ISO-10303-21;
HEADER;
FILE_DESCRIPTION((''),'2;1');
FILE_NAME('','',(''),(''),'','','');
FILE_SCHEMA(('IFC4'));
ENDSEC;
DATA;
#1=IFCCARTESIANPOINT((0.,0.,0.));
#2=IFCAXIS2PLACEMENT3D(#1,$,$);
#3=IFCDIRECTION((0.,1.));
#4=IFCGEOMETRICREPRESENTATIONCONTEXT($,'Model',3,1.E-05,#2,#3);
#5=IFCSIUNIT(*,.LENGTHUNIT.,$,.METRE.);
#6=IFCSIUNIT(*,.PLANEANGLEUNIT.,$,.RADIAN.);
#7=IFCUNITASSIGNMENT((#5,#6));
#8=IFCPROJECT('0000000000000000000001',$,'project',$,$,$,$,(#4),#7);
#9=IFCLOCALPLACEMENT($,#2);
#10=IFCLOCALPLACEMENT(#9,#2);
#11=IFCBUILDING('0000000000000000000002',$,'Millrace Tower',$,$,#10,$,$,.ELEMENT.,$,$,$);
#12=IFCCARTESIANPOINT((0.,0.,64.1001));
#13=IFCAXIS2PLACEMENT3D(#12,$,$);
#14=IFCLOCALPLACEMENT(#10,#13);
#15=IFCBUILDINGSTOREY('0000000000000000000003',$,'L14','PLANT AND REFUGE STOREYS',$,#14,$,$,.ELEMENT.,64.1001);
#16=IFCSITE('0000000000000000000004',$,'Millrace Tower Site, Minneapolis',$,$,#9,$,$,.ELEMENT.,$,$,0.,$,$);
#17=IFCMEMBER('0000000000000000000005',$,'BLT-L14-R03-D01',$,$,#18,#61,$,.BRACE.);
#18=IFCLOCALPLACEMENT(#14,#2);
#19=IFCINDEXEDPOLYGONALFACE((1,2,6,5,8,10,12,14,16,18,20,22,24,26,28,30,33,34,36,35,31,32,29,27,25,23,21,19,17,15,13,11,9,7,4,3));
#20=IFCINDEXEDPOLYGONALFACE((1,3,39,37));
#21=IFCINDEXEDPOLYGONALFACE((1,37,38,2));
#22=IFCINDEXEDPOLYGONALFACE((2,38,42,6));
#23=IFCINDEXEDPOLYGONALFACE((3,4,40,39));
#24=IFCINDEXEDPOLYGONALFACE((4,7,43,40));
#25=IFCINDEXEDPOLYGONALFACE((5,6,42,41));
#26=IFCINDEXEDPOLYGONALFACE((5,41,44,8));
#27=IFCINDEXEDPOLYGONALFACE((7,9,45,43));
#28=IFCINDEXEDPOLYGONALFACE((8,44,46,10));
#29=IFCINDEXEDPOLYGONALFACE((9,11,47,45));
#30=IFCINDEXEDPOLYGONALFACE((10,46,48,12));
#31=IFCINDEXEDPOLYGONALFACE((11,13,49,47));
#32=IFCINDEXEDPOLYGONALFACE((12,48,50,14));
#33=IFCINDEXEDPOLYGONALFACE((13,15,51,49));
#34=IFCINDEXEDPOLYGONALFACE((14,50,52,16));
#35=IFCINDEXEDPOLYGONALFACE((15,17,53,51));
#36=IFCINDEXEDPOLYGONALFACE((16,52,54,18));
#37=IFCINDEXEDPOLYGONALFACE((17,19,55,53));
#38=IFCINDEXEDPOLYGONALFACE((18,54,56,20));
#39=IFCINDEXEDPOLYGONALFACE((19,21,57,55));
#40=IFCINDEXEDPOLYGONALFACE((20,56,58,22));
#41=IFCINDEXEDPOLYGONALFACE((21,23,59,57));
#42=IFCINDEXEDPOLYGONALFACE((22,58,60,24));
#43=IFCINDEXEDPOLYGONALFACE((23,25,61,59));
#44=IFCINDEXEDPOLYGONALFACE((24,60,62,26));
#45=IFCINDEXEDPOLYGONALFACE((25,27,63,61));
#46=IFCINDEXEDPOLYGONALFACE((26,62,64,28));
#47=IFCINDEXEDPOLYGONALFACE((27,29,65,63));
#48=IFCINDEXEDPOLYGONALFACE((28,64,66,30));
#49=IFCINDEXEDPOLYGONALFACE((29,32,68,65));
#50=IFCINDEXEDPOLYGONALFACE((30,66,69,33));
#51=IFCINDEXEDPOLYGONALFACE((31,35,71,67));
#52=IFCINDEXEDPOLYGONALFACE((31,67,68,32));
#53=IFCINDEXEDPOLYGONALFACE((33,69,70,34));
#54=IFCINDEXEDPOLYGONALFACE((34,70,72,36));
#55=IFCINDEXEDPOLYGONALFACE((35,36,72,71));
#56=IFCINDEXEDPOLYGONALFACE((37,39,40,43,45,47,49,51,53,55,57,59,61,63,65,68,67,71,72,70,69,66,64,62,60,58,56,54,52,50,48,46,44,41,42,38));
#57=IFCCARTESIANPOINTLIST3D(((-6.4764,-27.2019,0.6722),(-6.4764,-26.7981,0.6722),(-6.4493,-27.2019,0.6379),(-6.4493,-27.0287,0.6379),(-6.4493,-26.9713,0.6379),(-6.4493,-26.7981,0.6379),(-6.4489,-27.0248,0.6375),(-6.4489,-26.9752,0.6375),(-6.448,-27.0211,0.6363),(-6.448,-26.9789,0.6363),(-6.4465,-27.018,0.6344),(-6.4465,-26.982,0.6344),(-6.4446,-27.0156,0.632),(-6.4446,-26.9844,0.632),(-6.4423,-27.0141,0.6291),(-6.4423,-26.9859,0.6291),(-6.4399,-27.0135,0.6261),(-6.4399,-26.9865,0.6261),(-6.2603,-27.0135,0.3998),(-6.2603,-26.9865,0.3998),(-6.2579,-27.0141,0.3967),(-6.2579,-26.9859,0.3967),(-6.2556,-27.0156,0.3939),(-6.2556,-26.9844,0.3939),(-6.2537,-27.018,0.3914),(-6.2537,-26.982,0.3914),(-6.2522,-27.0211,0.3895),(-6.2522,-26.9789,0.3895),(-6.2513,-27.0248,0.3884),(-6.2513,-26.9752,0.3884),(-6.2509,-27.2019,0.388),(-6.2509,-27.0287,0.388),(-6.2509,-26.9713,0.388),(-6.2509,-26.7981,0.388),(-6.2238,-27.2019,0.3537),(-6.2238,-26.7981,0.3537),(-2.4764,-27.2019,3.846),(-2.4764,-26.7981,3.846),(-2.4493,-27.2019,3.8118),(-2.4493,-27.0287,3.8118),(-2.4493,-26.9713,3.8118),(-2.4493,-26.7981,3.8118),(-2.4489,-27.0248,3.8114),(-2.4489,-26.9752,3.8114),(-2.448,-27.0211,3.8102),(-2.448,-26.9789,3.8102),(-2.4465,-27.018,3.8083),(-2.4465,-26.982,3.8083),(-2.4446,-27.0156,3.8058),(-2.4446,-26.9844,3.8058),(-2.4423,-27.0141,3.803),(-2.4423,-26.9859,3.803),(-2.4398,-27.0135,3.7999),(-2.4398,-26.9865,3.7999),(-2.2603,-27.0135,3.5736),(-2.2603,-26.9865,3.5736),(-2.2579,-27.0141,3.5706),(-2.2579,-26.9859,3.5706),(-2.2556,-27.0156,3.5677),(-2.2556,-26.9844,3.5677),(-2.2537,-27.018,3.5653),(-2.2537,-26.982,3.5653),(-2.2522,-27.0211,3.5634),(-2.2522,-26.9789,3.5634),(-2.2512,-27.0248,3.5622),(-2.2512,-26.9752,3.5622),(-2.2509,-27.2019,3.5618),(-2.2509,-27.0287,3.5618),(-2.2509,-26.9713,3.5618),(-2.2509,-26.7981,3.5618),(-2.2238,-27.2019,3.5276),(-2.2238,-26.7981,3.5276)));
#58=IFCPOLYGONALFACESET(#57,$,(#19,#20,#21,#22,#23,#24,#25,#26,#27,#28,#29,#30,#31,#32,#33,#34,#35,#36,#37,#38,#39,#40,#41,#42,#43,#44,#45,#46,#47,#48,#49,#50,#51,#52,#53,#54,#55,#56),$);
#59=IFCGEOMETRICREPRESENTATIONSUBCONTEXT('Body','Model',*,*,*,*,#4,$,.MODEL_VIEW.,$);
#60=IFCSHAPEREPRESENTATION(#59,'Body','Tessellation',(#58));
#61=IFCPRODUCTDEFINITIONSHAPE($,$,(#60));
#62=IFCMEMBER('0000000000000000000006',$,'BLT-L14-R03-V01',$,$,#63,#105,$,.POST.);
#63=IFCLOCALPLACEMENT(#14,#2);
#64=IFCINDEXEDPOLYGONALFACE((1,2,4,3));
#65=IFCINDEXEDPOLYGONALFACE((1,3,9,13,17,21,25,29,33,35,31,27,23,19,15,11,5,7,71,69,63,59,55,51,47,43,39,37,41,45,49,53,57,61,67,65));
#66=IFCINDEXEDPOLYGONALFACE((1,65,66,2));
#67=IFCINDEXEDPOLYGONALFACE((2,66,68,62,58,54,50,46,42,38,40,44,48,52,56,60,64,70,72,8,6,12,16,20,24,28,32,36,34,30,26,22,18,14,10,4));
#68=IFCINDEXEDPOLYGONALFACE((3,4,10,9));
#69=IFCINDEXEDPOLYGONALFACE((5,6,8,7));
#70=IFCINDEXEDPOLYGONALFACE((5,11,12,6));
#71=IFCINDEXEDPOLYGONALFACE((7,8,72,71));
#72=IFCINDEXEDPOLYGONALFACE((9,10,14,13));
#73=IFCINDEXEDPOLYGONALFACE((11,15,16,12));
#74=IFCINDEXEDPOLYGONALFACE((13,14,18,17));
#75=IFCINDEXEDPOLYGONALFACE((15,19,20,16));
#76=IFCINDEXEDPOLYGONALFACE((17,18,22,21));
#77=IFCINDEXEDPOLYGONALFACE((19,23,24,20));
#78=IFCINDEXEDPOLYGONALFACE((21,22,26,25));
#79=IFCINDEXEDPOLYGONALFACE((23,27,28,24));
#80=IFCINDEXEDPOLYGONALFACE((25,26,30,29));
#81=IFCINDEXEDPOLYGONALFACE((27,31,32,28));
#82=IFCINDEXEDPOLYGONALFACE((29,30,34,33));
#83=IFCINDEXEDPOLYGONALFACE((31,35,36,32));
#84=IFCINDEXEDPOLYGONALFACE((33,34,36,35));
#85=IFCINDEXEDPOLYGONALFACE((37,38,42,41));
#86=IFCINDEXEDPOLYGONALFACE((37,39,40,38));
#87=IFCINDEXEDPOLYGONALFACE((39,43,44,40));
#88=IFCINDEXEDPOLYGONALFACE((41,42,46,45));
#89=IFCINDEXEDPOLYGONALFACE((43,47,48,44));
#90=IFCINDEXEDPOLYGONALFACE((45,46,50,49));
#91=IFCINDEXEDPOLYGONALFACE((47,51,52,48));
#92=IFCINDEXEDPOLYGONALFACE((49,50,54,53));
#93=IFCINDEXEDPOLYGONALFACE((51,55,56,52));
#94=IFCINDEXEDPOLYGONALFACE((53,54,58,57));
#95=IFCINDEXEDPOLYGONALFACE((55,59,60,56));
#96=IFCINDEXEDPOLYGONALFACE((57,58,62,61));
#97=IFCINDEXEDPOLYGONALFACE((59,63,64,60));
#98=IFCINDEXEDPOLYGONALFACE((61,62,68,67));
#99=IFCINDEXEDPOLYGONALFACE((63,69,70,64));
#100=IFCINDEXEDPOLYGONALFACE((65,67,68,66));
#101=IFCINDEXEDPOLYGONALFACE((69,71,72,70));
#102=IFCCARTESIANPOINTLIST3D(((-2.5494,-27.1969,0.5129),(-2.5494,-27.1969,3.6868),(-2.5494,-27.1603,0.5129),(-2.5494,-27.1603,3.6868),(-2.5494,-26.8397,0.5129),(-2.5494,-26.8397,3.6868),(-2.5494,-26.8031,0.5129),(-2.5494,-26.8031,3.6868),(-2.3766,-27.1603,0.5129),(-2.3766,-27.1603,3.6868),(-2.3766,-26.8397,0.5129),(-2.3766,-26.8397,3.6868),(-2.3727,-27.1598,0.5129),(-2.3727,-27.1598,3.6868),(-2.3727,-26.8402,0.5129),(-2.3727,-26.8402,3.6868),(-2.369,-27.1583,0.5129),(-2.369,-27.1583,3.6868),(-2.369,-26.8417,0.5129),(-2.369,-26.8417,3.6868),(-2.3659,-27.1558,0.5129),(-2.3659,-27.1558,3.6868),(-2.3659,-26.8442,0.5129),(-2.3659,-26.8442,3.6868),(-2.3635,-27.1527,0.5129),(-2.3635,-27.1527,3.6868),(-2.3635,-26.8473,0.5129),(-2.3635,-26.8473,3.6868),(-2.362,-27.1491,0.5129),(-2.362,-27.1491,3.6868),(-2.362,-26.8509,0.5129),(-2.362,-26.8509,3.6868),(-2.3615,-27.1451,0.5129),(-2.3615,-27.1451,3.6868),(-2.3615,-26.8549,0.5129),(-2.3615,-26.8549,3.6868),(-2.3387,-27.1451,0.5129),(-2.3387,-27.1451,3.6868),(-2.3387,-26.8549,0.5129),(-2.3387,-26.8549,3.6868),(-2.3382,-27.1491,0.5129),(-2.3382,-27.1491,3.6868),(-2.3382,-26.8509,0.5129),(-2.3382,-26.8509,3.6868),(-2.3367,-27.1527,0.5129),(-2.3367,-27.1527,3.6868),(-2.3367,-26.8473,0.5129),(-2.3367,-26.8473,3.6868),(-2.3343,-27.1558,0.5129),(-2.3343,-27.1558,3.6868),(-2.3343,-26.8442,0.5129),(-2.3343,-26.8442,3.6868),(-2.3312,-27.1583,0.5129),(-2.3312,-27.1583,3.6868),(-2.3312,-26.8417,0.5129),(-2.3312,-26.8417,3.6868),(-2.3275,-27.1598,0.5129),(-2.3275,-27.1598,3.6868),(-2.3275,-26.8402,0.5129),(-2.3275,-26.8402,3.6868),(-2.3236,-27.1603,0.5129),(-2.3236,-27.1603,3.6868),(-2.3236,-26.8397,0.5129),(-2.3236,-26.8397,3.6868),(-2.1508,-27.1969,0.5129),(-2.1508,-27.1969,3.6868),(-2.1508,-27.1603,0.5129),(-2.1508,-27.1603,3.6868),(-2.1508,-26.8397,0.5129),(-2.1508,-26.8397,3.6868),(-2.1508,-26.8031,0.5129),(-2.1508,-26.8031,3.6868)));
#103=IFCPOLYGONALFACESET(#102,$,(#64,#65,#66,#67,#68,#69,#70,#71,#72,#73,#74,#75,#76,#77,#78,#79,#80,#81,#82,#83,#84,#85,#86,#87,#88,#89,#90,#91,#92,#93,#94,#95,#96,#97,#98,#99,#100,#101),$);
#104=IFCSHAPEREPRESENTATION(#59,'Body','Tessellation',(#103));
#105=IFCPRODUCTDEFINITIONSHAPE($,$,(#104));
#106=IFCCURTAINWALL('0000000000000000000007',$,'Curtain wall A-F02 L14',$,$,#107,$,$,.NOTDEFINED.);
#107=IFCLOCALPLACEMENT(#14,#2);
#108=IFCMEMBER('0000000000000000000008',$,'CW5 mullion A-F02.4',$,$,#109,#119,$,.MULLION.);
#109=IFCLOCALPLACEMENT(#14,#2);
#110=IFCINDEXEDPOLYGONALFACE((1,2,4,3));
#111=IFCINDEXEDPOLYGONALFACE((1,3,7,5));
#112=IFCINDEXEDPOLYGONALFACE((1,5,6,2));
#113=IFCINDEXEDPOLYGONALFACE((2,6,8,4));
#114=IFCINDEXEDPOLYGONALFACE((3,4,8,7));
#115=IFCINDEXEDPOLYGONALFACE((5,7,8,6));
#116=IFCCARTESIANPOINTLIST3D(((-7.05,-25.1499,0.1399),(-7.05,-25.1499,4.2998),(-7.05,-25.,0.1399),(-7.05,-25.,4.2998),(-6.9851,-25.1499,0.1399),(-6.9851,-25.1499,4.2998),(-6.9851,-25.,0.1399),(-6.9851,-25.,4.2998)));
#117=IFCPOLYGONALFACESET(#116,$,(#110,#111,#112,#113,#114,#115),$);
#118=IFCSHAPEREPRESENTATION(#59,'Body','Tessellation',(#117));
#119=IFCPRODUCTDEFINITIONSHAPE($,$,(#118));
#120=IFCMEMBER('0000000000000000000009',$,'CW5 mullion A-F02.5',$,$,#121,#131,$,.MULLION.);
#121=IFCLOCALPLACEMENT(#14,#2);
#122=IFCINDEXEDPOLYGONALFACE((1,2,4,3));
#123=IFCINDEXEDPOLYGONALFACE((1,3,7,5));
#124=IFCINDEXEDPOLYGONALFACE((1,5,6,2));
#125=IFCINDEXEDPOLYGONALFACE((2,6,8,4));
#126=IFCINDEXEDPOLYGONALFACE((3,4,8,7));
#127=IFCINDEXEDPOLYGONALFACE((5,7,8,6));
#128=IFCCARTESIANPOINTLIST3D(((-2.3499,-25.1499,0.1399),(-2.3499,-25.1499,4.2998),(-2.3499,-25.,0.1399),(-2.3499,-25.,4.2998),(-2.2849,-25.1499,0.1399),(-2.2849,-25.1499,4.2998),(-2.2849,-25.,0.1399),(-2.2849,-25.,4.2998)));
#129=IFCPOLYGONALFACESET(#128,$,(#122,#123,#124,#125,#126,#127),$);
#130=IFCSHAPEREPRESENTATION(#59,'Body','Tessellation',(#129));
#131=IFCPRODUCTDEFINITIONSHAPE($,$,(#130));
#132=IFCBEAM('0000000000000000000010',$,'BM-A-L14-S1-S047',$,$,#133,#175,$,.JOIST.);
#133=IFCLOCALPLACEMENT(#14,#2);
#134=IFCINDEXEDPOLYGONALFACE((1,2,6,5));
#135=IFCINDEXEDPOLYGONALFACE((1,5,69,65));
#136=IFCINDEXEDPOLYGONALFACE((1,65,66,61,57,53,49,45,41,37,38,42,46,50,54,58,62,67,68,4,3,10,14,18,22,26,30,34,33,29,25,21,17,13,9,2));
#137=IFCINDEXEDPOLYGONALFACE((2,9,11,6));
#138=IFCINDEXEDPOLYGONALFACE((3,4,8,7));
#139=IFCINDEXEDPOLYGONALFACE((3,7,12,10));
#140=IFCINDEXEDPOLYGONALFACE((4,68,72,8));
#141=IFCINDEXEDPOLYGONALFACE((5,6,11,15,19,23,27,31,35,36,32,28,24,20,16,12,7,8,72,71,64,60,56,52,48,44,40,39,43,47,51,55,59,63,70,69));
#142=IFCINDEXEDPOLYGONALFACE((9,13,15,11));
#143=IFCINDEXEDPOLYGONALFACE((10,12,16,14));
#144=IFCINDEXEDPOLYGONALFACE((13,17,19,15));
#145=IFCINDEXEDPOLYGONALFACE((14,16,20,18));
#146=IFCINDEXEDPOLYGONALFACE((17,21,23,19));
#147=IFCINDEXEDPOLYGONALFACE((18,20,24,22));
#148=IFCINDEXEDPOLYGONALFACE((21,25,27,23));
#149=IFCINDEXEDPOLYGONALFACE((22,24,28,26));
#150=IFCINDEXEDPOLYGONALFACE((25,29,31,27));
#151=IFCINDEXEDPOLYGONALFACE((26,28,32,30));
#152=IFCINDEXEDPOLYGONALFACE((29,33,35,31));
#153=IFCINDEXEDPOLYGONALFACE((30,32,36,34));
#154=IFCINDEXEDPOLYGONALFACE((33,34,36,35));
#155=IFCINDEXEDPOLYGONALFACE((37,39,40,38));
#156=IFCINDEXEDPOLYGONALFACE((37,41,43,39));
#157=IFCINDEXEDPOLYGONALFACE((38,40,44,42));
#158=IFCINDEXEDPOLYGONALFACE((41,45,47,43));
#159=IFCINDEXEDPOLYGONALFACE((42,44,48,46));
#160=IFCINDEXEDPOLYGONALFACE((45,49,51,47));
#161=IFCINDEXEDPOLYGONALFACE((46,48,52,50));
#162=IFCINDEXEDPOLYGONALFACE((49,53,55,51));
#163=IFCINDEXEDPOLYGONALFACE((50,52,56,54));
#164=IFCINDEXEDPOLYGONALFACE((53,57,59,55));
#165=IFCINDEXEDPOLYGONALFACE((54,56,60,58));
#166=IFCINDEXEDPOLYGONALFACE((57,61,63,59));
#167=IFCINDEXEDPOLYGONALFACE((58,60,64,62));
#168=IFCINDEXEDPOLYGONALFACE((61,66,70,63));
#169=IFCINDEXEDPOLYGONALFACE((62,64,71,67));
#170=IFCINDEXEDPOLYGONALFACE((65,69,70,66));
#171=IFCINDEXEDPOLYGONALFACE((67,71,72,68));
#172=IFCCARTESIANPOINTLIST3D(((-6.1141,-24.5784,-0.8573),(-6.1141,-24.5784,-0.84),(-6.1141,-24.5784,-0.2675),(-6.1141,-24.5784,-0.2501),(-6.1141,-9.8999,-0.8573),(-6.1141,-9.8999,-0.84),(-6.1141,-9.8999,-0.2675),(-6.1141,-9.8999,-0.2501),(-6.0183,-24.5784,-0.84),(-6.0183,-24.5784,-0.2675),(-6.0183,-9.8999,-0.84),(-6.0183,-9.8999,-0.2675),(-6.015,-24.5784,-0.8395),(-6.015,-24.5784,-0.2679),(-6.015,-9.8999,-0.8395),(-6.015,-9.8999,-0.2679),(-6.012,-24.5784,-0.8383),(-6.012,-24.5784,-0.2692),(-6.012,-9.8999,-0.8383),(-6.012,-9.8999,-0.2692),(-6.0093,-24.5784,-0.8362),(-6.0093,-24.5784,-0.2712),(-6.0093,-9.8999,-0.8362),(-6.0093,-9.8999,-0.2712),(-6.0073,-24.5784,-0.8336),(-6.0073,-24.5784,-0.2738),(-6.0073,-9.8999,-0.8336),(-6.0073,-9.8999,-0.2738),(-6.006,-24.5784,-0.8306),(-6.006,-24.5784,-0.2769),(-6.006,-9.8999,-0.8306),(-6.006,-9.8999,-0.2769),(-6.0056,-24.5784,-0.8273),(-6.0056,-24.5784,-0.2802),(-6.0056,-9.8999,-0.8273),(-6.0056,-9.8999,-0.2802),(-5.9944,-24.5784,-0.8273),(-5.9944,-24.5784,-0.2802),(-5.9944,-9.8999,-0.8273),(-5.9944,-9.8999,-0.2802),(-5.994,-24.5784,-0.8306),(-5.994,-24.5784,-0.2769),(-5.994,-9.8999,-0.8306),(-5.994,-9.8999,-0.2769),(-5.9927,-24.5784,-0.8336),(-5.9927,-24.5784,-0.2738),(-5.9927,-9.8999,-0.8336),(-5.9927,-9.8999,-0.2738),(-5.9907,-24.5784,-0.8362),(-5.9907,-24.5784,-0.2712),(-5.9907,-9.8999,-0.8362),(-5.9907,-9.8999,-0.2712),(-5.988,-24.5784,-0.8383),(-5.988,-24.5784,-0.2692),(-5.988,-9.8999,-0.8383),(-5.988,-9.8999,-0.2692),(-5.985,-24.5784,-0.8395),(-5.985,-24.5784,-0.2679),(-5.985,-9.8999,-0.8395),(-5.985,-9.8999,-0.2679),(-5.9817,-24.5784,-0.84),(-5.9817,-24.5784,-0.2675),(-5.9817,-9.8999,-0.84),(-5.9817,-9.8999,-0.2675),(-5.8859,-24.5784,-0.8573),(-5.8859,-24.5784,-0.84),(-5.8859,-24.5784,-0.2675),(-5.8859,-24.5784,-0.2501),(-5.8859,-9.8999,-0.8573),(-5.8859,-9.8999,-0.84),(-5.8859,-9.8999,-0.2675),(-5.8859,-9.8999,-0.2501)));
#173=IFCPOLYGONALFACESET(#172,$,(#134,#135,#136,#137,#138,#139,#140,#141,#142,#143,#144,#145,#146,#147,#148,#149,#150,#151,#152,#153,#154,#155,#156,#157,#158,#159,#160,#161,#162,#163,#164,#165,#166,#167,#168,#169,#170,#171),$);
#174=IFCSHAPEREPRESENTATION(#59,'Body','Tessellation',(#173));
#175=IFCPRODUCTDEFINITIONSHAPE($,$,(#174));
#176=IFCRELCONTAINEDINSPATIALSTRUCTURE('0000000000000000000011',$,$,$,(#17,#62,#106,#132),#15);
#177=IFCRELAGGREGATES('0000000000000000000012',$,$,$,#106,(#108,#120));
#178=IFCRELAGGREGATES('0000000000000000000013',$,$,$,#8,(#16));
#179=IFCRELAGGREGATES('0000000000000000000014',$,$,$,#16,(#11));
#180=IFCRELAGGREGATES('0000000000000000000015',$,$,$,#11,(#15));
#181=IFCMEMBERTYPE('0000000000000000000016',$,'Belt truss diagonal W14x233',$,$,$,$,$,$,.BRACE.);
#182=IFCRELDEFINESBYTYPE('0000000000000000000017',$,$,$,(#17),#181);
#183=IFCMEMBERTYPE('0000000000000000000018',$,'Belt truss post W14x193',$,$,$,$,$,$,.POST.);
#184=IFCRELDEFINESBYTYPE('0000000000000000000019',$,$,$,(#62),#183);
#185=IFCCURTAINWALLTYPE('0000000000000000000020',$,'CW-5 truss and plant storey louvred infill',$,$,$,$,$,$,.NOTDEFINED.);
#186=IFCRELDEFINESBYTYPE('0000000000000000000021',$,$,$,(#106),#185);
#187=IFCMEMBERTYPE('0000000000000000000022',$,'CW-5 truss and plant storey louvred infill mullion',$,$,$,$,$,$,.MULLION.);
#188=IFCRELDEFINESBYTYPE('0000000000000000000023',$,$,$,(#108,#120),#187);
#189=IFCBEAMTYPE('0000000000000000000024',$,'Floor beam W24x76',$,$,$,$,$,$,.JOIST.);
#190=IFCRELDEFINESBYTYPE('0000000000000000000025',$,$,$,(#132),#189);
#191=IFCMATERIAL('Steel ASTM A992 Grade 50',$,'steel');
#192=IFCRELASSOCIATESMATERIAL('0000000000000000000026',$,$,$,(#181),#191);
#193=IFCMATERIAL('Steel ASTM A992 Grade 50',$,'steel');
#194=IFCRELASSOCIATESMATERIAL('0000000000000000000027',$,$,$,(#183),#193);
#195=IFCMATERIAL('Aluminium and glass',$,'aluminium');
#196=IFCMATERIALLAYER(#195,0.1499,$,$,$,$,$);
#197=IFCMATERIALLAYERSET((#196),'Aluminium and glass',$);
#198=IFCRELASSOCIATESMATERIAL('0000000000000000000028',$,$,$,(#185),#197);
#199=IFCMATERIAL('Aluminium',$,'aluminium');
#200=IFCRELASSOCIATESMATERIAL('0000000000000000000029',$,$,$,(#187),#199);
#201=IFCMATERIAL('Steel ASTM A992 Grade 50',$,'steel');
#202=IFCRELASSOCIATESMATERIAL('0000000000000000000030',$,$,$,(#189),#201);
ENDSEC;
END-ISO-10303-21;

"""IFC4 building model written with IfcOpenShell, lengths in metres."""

from ifc_helpers import new_model, si_unit, direction, frame, origin, origin_2d, place, context, subcontext, project, spatial, rectangle, i_section, extrude, material, layer, layer_set, material_profile, profile_set, type_object, element, aggregate, save


model = new_model("IFC4")

# Units and contexts
model_context = context("Model", 3, precision=1e-05, world=origin(), true_north=direction((0.0, 1.0)))
body_context = subcontext(model_context, "Body", "Model", "MODEL_VIEW")
ifc_project = project(units=[si_unit("LENGTHUNIT", "METRE"), si_unit("PLANEANGLEUNIT", "RADIAN")], contexts=[model_context])

# Site, building, storey
site_placement = place(None, origin())
site = spatial("IfcSite", under=ifc_project, at=site_placement, Name="Millrace Tower Site, Minneapolis", CompositionType="ELEMENT", RefElevation=0.0)
building_placement = place(site_placement, origin())
building = spatial("IfcBuilding", under=site, at=building_placement, Name="Millrace Tower", CompositionType="ELEMENT")
storey_placement = place(building_placement, frame((0.0, 0.0, 64.1001)))
storey = spatial("IfcBuildingStorey", under=building, at=storey_placement, Name="L14", Description="PLANT AND REFUGE STOREYS", CompositionType="ELEMENT", Elevation=64.1001)

# Members
ifc_material_1 = material(Name="Steel ASTM A992 Grade 50", Category="steel")
ifc_material_profile_1 = material_profile(ifc_material_1, i_section(OverallWidth=0.4038, OverallDepth=0.4065, WebThickness=0.0271, FlangeThickness=0.0437, FilletRadius=0.0151, at=origin_2d()))
ifc_profile_set_1 = profile_set([ifc_material_profile_1], Name="Steel ASTM A992 Grade 50")
member_type_1 = type_object("IfcMemberType", Name="Belt truss diagonal W14x233", PredefinedType="BRACE", material=ifc_profile_set_1)
member_1_placement = place(storey_placement, frame((-6.3501, -27.0, 0.5129), z_axis=(0.783363, 0.0, 0.621565), x_axis=(0.0, 1.0, 0.0)))
element("IfcMember", 1, at=member_1_placement, inside=storey, type_object=member_type_1, Name="BLT-L14-R03-D01", PredefinedType="BRACE", context=body_context, shape_type="SweptSolid", body=[
    extrude(i_section(OverallWidth=0.4038, OverallDepth=0.4065, WebThickness=0.0271, FlangeThickness=0.0437, FilletRadius=0.0151, at=origin_2d()), origin(), (0.0, 0.0, 1.0), 5.1062),
])
ifc_material_2 = material(Name="Steel ASTM A992 Grade 50", Category="steel")
ifc_material_profile_2 = material_profile(ifc_material_2, i_section(OverallWidth=0.3987, OverallDepth=0.3938, WebThickness=0.0227, FlangeThickness=0.0366, FilletRadius=0.0151, at=origin_2d()))
ifc_profile_set_2 = profile_set([ifc_material_profile_2], Name="Steel ASTM A992 Grade 50")
member_type_2 = type_object("IfcMemberType", Name="Belt truss post W14x193", PredefinedType="POST", material=ifc_profile_set_2)
member_2_placement = place(storey_placement, frame((-2.3501, -27.0, 0.5129), z_axis=(0.0, 0.0, 1.0), x_axis=(1.0, 0.0, 0.0)))
element("IfcMember", 2, at=member_2_placement, inside=storey, type_object=member_type_2, Name="BLT-L14-R03-V01", PredefinedType="POST", context=body_context, shape_type="SweptSolid", body=[
    extrude(i_section(OverallWidth=0.3987, OverallDepth=0.3938, WebThickness=0.0227, FlangeThickness=0.0366, FilletRadius=0.0151, at=origin_2d()), origin(), (0.0, 0.0, 1.0), 3.1738),
])

# Curtain wall, members
ifc_material_3 = material(Name="Aluminium and glass", Category="aluminium")
ifc_layer_1 = layer(ifc_material_3, 0.1499)
ifc_layer_set_1 = layer_set([ifc_layer_1], Name="Aluminium and glass")
curtain_wall_type = type_object("IfcCurtainWallType", Name="CW-5 truss and plant storey louvred infill", PredefinedType="NOTDEFINED", material=ifc_layer_set_1)
curtain_wall_placement = place(storey_placement, origin())
curtain_wall = element("IfcCurtainWall", 3, at=curtain_wall_placement, inside=storey, type_object=curtain_wall_type, Name="Curtain wall A-F02 L14", PredefinedType="NOTDEFINED")
ifc_material_4 = material(Name="Aluminium", Category="aluminium")
ifc_material_profile_3 = material_profile(ifc_material_4, rectangle(XDim=0.0649, YDim=0.1499, at=origin_2d()))
ifc_profile_set_3 = profile_set([ifc_material_profile_3], Name="Aluminium")
member_type_3 = type_object("IfcMemberType", Name="CW-5 truss and plant storey louvred infill mullion", PredefinedType="MULLION", material=ifc_profile_set_3)
member_3_placement = place(storey_placement, frame((-7.0176, -25.075, 0.1399), z_axis=(0.0, 0.0, 1.0), x_axis=(1.0, 0.0, 0.0)))
member_3 = element("IfcMember", 4, at=member_3_placement, type_object=member_type_3, Name="CW5 mullion A-F02.4", PredefinedType="MULLION", context=body_context, shape_type="SweptSolid", body=[
    extrude(rectangle(XDim=0.0649, YDim=0.1499, at=origin_2d()), origin(), (0.0, 0.0, 1.0), 4.1599),
])
member_4_placement = place(storey_placement, frame((-2.3174, -25.075, 0.1399), z_axis=(0.0, 0.0, 1.0), x_axis=(1.0, 0.0, 0.0)))
member_4 = element("IfcMember", 5, at=member_4_placement, type_object=member_type_3, Name="CW5 mullion A-F02.5", PredefinedType="MULLION", context=body_context, shape_type="SweptSolid", body=[
    extrude(rectangle(XDim=0.0649, YDim=0.1499, at=origin_2d()), origin(), (0.0, 0.0, 1.0), 4.1599),
])
aggregate(curtain_wall, [member_3, member_4])

# Beam
ifc_material_5 = material(Name="Steel ASTM A992 Grade 50", Category="steel")
ifc_material_profile_4 = material_profile(ifc_material_5, i_section(OverallWidth=0.2283, OverallDepth=0.6072, WebThickness=0.0112, FlangeThickness=0.0173, FilletRadius=0.0127, at=origin_2d()))
ifc_profile_set_4 = profile_set([ifc_material_profile_4], Name="Steel ASTM A992 Grade 50")
beam_type_1 = type_object("IfcBeamType", Name="Floor beam W24x76", PredefinedType="JOIST", material=ifc_profile_set_4)
beam_1_placement = place(storey_placement, frame((-6.0, -24.5784, -0.5537), z_axis=(0.0, 1.0, 0.0), x_axis=(-1.0, 0.0, 0.0)))
element("IfcBeam", 6, at=beam_1_placement, inside=storey, type_object=beam_type_1, Name="BM-A-L14-S1-S047", PredefinedType="JOIST", context=body_context, shape_type="SweptSolid", body=[
    extrude(i_section(OverallWidth=0.2283, OverallDepth=0.6072, WebThickness=0.0112, FlangeThickness=0.0173, FilletRadius=0.0127, at=origin_2d()), origin(), (0.0, 0.0, 1.0), 14.6785),
])

save(model, "model.ifc")
